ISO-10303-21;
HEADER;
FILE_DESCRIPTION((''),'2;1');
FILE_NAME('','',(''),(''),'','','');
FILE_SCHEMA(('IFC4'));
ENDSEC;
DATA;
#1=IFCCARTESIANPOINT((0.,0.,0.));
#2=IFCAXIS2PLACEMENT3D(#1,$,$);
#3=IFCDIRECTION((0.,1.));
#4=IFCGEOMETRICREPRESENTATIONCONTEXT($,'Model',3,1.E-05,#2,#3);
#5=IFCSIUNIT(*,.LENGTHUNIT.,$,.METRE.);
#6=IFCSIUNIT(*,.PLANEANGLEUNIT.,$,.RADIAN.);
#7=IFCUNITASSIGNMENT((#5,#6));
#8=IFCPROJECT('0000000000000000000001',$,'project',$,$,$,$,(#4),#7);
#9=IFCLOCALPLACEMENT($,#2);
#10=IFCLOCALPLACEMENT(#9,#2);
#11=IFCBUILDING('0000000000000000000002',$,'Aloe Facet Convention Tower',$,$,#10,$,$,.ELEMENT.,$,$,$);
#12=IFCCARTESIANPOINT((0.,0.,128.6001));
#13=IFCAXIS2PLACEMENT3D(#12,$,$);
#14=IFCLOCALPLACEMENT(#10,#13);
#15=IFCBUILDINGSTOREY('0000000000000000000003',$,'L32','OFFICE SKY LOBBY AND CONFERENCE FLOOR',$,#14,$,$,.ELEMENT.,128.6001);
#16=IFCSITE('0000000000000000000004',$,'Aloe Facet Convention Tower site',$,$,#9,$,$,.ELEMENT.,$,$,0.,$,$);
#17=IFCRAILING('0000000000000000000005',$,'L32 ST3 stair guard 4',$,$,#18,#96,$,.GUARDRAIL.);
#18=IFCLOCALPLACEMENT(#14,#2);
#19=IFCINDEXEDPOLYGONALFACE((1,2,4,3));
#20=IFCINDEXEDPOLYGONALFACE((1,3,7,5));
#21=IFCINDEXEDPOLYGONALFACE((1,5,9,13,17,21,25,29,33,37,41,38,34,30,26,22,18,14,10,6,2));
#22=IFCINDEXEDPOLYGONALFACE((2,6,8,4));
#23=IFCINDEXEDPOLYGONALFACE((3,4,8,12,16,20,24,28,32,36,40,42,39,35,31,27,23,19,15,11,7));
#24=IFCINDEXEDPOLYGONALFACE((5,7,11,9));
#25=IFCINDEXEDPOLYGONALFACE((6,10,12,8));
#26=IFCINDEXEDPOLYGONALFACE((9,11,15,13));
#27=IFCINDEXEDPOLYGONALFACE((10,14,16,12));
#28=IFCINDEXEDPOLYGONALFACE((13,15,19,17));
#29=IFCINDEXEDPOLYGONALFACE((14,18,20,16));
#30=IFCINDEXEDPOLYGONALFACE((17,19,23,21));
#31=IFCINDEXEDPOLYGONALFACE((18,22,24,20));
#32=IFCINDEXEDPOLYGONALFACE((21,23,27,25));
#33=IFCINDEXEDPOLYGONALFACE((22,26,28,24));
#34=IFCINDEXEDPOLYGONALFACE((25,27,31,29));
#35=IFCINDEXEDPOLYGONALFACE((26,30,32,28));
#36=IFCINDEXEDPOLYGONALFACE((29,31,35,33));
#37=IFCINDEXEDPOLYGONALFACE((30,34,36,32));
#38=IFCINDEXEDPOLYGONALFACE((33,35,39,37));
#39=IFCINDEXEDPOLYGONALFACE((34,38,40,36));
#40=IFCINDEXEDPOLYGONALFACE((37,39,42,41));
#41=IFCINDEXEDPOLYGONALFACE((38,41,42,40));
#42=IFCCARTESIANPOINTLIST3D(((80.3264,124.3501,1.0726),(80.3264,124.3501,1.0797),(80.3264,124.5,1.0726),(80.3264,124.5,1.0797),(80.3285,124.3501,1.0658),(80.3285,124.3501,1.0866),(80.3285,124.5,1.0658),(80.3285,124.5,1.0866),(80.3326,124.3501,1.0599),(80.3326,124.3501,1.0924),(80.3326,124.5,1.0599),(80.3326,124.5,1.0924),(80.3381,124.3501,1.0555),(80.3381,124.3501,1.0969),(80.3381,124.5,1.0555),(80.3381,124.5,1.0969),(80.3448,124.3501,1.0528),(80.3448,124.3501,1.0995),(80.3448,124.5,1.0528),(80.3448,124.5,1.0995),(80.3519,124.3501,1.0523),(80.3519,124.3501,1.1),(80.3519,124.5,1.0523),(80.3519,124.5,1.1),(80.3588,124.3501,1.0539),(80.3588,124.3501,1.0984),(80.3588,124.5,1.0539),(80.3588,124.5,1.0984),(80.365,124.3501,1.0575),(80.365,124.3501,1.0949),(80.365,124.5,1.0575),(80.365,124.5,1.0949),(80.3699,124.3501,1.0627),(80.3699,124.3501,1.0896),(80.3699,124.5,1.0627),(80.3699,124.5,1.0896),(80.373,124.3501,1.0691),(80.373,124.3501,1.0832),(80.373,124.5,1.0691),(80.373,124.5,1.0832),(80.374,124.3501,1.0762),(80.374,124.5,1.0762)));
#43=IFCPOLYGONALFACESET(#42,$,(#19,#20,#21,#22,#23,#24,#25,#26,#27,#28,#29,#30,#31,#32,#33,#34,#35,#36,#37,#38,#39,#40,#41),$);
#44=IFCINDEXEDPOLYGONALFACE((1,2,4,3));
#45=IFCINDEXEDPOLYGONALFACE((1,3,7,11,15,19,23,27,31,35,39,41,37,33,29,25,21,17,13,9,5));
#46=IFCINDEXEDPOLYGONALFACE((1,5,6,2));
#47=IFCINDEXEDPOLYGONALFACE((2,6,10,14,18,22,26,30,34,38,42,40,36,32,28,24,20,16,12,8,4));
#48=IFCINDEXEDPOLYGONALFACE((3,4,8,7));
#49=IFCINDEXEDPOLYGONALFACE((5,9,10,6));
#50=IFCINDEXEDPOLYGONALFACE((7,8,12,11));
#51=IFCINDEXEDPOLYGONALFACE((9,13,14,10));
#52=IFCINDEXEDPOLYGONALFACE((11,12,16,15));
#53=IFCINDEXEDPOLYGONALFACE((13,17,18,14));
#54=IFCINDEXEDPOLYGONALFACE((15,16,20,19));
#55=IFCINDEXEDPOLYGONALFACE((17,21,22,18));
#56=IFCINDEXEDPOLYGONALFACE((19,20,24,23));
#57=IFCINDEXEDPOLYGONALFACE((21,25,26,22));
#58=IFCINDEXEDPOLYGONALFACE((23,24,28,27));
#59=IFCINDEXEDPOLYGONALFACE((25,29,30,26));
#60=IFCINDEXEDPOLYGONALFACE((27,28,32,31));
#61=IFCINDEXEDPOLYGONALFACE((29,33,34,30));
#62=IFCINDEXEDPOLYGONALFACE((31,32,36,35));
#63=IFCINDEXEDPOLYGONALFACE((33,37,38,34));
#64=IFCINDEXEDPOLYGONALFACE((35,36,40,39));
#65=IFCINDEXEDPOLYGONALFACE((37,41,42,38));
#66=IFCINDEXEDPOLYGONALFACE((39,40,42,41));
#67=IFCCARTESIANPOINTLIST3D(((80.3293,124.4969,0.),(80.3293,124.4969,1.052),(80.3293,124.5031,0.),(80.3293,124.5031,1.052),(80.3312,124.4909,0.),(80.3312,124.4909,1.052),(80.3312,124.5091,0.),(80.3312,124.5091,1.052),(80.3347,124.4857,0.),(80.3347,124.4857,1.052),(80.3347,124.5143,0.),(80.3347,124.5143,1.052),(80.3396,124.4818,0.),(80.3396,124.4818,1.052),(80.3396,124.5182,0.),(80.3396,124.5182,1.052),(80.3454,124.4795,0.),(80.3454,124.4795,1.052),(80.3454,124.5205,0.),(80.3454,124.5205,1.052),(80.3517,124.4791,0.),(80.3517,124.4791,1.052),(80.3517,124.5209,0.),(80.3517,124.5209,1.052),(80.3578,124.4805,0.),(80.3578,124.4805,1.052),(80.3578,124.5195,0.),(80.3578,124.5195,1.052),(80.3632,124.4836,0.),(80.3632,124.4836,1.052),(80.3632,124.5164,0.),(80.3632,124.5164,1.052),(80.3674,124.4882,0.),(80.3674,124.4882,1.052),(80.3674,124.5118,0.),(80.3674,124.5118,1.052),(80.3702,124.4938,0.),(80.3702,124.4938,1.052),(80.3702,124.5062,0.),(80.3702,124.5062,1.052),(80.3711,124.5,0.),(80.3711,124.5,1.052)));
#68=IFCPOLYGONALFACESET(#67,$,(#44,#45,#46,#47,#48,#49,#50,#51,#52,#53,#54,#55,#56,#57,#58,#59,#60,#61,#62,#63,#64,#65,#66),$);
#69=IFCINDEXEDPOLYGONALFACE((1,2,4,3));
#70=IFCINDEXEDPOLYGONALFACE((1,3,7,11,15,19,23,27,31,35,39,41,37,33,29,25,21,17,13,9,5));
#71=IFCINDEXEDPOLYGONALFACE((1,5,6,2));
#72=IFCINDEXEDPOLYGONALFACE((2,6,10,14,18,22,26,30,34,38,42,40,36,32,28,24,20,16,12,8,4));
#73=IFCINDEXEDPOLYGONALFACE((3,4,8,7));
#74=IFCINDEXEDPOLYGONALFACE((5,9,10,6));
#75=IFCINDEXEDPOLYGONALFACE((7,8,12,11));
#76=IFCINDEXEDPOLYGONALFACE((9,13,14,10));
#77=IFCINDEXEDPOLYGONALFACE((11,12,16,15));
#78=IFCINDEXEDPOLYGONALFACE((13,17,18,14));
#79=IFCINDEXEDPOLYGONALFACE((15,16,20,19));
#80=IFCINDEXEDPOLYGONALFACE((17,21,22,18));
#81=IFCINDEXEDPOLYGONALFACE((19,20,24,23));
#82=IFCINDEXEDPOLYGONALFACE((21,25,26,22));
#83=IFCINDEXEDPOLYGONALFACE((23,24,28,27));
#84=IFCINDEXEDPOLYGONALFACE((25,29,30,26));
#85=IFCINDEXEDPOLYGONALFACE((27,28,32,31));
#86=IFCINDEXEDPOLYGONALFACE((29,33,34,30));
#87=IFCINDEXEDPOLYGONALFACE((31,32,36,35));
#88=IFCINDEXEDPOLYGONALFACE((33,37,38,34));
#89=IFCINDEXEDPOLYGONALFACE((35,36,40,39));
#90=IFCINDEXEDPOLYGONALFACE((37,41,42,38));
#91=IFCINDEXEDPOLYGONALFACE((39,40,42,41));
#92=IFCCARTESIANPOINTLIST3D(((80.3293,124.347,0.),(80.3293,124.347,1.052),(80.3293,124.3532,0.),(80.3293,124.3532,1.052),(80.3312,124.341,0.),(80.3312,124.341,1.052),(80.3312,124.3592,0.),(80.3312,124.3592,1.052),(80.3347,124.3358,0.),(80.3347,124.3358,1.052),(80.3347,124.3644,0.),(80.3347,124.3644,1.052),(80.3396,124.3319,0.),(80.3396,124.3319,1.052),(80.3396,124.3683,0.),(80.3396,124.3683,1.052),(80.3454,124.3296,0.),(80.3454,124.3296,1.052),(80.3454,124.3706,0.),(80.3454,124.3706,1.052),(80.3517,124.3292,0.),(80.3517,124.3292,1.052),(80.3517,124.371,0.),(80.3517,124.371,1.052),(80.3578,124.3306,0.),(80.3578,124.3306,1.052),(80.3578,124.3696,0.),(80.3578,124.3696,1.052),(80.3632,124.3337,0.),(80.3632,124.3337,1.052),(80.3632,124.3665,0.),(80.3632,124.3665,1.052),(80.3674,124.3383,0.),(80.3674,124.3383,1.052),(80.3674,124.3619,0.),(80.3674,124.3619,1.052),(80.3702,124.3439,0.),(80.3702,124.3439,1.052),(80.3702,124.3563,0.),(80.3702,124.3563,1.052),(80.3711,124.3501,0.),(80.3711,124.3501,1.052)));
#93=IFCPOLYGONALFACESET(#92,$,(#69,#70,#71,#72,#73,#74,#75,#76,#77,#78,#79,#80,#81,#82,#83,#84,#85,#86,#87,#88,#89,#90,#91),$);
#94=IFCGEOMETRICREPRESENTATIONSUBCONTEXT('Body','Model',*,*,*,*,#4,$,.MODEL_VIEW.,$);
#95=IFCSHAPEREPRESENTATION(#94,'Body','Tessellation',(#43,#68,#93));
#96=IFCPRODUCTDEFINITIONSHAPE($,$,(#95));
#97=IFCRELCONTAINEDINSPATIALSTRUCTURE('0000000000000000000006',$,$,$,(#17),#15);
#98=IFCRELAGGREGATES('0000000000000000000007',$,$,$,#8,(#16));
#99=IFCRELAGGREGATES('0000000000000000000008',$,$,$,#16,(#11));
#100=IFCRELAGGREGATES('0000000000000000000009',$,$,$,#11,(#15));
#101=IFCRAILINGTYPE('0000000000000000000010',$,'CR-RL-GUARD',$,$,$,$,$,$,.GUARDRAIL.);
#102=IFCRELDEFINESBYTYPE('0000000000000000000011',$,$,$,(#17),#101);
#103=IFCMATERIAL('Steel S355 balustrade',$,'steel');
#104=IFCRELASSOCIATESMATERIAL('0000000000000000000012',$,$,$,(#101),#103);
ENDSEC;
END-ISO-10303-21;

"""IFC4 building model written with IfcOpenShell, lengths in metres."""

from ifc_helpers import new_model, si_unit, direction, frame, origin, origin_2d, place, context, subcontext, project, spatial, circle, extrude, material, type_object, element, save


model = new_model("IFC4")

# Units and contexts
model_context = context("Model", 3, precision=1e-05, world=origin(), true_north=direction((0.0, 1.0)))
body_context = subcontext(model_context, "Body", "Model", "MODEL_VIEW")
ifc_project = project(units=[si_unit("LENGTHUNIT", "METRE"), si_unit("PLANEANGLEUNIT", "RADIAN")], contexts=[model_context])

# Site, building, storey
site_placement = place(None, origin())
site = spatial("IfcSite", under=ifc_project, at=site_placement, Name="Aloe Facet Convention Tower site", CompositionType="ELEMENT", RefElevation=0.0)
building_placement = place(site_placement, origin())
building = spatial("IfcBuilding", under=site, at=building_placement, Name="Aloe Facet Convention Tower", CompositionType="ELEMENT")
storey_placement = place(building_placement, frame((0.0, 0.0, 128.6001)))
storey = spatial("IfcBuildingStorey", under=building, at=storey_placement, Name="L32", Description="OFFICE SKY LOBBY AND CONFERENCE FLOOR", CompositionType="ELEMENT", Elevation=128.6001)

# Railing
ifc_material_1 = material(Name="Steel S355 balustrade", Category="steel")
railing_type_1 = type_object("IfcRailingType", Name="CR-RL-GUARD", PredefinedType="GUARDRAIL", material=ifc_material_1)
railing_1_placement = place(storey_placement, frame((80.3501, 124.5, 0.0)))
element("IfcRailing", 1, at=railing_1_placement, inside=storey, type_object=railing_type_1, Name="L32 ST3 stair guard 4", PredefinedType="GUARDRAIL", context=body_context, shape_type="SweptSolid", body=[
    extrude(circle(Radius=0.0239, at=origin_2d()), frame((0.0, 0.0, 1.0762), z_axis=(0.0, -1.0, 0.0), x_axis=(1.0, 0.0, 0.0)), (0.0, 0.0, 1.0), 0.1499),
    extrude(circle(Radius=0.021, at=origin_2d()), origin(), (0.0, 0.0, 1.0), 1.052),
    extrude(circle(Radius=0.021, at=origin_2d()), frame((0.0, -0.1499, 0.0)), (0.0, 0.0, 1.0), 1.052),
])

save(model, "model.ifc")
